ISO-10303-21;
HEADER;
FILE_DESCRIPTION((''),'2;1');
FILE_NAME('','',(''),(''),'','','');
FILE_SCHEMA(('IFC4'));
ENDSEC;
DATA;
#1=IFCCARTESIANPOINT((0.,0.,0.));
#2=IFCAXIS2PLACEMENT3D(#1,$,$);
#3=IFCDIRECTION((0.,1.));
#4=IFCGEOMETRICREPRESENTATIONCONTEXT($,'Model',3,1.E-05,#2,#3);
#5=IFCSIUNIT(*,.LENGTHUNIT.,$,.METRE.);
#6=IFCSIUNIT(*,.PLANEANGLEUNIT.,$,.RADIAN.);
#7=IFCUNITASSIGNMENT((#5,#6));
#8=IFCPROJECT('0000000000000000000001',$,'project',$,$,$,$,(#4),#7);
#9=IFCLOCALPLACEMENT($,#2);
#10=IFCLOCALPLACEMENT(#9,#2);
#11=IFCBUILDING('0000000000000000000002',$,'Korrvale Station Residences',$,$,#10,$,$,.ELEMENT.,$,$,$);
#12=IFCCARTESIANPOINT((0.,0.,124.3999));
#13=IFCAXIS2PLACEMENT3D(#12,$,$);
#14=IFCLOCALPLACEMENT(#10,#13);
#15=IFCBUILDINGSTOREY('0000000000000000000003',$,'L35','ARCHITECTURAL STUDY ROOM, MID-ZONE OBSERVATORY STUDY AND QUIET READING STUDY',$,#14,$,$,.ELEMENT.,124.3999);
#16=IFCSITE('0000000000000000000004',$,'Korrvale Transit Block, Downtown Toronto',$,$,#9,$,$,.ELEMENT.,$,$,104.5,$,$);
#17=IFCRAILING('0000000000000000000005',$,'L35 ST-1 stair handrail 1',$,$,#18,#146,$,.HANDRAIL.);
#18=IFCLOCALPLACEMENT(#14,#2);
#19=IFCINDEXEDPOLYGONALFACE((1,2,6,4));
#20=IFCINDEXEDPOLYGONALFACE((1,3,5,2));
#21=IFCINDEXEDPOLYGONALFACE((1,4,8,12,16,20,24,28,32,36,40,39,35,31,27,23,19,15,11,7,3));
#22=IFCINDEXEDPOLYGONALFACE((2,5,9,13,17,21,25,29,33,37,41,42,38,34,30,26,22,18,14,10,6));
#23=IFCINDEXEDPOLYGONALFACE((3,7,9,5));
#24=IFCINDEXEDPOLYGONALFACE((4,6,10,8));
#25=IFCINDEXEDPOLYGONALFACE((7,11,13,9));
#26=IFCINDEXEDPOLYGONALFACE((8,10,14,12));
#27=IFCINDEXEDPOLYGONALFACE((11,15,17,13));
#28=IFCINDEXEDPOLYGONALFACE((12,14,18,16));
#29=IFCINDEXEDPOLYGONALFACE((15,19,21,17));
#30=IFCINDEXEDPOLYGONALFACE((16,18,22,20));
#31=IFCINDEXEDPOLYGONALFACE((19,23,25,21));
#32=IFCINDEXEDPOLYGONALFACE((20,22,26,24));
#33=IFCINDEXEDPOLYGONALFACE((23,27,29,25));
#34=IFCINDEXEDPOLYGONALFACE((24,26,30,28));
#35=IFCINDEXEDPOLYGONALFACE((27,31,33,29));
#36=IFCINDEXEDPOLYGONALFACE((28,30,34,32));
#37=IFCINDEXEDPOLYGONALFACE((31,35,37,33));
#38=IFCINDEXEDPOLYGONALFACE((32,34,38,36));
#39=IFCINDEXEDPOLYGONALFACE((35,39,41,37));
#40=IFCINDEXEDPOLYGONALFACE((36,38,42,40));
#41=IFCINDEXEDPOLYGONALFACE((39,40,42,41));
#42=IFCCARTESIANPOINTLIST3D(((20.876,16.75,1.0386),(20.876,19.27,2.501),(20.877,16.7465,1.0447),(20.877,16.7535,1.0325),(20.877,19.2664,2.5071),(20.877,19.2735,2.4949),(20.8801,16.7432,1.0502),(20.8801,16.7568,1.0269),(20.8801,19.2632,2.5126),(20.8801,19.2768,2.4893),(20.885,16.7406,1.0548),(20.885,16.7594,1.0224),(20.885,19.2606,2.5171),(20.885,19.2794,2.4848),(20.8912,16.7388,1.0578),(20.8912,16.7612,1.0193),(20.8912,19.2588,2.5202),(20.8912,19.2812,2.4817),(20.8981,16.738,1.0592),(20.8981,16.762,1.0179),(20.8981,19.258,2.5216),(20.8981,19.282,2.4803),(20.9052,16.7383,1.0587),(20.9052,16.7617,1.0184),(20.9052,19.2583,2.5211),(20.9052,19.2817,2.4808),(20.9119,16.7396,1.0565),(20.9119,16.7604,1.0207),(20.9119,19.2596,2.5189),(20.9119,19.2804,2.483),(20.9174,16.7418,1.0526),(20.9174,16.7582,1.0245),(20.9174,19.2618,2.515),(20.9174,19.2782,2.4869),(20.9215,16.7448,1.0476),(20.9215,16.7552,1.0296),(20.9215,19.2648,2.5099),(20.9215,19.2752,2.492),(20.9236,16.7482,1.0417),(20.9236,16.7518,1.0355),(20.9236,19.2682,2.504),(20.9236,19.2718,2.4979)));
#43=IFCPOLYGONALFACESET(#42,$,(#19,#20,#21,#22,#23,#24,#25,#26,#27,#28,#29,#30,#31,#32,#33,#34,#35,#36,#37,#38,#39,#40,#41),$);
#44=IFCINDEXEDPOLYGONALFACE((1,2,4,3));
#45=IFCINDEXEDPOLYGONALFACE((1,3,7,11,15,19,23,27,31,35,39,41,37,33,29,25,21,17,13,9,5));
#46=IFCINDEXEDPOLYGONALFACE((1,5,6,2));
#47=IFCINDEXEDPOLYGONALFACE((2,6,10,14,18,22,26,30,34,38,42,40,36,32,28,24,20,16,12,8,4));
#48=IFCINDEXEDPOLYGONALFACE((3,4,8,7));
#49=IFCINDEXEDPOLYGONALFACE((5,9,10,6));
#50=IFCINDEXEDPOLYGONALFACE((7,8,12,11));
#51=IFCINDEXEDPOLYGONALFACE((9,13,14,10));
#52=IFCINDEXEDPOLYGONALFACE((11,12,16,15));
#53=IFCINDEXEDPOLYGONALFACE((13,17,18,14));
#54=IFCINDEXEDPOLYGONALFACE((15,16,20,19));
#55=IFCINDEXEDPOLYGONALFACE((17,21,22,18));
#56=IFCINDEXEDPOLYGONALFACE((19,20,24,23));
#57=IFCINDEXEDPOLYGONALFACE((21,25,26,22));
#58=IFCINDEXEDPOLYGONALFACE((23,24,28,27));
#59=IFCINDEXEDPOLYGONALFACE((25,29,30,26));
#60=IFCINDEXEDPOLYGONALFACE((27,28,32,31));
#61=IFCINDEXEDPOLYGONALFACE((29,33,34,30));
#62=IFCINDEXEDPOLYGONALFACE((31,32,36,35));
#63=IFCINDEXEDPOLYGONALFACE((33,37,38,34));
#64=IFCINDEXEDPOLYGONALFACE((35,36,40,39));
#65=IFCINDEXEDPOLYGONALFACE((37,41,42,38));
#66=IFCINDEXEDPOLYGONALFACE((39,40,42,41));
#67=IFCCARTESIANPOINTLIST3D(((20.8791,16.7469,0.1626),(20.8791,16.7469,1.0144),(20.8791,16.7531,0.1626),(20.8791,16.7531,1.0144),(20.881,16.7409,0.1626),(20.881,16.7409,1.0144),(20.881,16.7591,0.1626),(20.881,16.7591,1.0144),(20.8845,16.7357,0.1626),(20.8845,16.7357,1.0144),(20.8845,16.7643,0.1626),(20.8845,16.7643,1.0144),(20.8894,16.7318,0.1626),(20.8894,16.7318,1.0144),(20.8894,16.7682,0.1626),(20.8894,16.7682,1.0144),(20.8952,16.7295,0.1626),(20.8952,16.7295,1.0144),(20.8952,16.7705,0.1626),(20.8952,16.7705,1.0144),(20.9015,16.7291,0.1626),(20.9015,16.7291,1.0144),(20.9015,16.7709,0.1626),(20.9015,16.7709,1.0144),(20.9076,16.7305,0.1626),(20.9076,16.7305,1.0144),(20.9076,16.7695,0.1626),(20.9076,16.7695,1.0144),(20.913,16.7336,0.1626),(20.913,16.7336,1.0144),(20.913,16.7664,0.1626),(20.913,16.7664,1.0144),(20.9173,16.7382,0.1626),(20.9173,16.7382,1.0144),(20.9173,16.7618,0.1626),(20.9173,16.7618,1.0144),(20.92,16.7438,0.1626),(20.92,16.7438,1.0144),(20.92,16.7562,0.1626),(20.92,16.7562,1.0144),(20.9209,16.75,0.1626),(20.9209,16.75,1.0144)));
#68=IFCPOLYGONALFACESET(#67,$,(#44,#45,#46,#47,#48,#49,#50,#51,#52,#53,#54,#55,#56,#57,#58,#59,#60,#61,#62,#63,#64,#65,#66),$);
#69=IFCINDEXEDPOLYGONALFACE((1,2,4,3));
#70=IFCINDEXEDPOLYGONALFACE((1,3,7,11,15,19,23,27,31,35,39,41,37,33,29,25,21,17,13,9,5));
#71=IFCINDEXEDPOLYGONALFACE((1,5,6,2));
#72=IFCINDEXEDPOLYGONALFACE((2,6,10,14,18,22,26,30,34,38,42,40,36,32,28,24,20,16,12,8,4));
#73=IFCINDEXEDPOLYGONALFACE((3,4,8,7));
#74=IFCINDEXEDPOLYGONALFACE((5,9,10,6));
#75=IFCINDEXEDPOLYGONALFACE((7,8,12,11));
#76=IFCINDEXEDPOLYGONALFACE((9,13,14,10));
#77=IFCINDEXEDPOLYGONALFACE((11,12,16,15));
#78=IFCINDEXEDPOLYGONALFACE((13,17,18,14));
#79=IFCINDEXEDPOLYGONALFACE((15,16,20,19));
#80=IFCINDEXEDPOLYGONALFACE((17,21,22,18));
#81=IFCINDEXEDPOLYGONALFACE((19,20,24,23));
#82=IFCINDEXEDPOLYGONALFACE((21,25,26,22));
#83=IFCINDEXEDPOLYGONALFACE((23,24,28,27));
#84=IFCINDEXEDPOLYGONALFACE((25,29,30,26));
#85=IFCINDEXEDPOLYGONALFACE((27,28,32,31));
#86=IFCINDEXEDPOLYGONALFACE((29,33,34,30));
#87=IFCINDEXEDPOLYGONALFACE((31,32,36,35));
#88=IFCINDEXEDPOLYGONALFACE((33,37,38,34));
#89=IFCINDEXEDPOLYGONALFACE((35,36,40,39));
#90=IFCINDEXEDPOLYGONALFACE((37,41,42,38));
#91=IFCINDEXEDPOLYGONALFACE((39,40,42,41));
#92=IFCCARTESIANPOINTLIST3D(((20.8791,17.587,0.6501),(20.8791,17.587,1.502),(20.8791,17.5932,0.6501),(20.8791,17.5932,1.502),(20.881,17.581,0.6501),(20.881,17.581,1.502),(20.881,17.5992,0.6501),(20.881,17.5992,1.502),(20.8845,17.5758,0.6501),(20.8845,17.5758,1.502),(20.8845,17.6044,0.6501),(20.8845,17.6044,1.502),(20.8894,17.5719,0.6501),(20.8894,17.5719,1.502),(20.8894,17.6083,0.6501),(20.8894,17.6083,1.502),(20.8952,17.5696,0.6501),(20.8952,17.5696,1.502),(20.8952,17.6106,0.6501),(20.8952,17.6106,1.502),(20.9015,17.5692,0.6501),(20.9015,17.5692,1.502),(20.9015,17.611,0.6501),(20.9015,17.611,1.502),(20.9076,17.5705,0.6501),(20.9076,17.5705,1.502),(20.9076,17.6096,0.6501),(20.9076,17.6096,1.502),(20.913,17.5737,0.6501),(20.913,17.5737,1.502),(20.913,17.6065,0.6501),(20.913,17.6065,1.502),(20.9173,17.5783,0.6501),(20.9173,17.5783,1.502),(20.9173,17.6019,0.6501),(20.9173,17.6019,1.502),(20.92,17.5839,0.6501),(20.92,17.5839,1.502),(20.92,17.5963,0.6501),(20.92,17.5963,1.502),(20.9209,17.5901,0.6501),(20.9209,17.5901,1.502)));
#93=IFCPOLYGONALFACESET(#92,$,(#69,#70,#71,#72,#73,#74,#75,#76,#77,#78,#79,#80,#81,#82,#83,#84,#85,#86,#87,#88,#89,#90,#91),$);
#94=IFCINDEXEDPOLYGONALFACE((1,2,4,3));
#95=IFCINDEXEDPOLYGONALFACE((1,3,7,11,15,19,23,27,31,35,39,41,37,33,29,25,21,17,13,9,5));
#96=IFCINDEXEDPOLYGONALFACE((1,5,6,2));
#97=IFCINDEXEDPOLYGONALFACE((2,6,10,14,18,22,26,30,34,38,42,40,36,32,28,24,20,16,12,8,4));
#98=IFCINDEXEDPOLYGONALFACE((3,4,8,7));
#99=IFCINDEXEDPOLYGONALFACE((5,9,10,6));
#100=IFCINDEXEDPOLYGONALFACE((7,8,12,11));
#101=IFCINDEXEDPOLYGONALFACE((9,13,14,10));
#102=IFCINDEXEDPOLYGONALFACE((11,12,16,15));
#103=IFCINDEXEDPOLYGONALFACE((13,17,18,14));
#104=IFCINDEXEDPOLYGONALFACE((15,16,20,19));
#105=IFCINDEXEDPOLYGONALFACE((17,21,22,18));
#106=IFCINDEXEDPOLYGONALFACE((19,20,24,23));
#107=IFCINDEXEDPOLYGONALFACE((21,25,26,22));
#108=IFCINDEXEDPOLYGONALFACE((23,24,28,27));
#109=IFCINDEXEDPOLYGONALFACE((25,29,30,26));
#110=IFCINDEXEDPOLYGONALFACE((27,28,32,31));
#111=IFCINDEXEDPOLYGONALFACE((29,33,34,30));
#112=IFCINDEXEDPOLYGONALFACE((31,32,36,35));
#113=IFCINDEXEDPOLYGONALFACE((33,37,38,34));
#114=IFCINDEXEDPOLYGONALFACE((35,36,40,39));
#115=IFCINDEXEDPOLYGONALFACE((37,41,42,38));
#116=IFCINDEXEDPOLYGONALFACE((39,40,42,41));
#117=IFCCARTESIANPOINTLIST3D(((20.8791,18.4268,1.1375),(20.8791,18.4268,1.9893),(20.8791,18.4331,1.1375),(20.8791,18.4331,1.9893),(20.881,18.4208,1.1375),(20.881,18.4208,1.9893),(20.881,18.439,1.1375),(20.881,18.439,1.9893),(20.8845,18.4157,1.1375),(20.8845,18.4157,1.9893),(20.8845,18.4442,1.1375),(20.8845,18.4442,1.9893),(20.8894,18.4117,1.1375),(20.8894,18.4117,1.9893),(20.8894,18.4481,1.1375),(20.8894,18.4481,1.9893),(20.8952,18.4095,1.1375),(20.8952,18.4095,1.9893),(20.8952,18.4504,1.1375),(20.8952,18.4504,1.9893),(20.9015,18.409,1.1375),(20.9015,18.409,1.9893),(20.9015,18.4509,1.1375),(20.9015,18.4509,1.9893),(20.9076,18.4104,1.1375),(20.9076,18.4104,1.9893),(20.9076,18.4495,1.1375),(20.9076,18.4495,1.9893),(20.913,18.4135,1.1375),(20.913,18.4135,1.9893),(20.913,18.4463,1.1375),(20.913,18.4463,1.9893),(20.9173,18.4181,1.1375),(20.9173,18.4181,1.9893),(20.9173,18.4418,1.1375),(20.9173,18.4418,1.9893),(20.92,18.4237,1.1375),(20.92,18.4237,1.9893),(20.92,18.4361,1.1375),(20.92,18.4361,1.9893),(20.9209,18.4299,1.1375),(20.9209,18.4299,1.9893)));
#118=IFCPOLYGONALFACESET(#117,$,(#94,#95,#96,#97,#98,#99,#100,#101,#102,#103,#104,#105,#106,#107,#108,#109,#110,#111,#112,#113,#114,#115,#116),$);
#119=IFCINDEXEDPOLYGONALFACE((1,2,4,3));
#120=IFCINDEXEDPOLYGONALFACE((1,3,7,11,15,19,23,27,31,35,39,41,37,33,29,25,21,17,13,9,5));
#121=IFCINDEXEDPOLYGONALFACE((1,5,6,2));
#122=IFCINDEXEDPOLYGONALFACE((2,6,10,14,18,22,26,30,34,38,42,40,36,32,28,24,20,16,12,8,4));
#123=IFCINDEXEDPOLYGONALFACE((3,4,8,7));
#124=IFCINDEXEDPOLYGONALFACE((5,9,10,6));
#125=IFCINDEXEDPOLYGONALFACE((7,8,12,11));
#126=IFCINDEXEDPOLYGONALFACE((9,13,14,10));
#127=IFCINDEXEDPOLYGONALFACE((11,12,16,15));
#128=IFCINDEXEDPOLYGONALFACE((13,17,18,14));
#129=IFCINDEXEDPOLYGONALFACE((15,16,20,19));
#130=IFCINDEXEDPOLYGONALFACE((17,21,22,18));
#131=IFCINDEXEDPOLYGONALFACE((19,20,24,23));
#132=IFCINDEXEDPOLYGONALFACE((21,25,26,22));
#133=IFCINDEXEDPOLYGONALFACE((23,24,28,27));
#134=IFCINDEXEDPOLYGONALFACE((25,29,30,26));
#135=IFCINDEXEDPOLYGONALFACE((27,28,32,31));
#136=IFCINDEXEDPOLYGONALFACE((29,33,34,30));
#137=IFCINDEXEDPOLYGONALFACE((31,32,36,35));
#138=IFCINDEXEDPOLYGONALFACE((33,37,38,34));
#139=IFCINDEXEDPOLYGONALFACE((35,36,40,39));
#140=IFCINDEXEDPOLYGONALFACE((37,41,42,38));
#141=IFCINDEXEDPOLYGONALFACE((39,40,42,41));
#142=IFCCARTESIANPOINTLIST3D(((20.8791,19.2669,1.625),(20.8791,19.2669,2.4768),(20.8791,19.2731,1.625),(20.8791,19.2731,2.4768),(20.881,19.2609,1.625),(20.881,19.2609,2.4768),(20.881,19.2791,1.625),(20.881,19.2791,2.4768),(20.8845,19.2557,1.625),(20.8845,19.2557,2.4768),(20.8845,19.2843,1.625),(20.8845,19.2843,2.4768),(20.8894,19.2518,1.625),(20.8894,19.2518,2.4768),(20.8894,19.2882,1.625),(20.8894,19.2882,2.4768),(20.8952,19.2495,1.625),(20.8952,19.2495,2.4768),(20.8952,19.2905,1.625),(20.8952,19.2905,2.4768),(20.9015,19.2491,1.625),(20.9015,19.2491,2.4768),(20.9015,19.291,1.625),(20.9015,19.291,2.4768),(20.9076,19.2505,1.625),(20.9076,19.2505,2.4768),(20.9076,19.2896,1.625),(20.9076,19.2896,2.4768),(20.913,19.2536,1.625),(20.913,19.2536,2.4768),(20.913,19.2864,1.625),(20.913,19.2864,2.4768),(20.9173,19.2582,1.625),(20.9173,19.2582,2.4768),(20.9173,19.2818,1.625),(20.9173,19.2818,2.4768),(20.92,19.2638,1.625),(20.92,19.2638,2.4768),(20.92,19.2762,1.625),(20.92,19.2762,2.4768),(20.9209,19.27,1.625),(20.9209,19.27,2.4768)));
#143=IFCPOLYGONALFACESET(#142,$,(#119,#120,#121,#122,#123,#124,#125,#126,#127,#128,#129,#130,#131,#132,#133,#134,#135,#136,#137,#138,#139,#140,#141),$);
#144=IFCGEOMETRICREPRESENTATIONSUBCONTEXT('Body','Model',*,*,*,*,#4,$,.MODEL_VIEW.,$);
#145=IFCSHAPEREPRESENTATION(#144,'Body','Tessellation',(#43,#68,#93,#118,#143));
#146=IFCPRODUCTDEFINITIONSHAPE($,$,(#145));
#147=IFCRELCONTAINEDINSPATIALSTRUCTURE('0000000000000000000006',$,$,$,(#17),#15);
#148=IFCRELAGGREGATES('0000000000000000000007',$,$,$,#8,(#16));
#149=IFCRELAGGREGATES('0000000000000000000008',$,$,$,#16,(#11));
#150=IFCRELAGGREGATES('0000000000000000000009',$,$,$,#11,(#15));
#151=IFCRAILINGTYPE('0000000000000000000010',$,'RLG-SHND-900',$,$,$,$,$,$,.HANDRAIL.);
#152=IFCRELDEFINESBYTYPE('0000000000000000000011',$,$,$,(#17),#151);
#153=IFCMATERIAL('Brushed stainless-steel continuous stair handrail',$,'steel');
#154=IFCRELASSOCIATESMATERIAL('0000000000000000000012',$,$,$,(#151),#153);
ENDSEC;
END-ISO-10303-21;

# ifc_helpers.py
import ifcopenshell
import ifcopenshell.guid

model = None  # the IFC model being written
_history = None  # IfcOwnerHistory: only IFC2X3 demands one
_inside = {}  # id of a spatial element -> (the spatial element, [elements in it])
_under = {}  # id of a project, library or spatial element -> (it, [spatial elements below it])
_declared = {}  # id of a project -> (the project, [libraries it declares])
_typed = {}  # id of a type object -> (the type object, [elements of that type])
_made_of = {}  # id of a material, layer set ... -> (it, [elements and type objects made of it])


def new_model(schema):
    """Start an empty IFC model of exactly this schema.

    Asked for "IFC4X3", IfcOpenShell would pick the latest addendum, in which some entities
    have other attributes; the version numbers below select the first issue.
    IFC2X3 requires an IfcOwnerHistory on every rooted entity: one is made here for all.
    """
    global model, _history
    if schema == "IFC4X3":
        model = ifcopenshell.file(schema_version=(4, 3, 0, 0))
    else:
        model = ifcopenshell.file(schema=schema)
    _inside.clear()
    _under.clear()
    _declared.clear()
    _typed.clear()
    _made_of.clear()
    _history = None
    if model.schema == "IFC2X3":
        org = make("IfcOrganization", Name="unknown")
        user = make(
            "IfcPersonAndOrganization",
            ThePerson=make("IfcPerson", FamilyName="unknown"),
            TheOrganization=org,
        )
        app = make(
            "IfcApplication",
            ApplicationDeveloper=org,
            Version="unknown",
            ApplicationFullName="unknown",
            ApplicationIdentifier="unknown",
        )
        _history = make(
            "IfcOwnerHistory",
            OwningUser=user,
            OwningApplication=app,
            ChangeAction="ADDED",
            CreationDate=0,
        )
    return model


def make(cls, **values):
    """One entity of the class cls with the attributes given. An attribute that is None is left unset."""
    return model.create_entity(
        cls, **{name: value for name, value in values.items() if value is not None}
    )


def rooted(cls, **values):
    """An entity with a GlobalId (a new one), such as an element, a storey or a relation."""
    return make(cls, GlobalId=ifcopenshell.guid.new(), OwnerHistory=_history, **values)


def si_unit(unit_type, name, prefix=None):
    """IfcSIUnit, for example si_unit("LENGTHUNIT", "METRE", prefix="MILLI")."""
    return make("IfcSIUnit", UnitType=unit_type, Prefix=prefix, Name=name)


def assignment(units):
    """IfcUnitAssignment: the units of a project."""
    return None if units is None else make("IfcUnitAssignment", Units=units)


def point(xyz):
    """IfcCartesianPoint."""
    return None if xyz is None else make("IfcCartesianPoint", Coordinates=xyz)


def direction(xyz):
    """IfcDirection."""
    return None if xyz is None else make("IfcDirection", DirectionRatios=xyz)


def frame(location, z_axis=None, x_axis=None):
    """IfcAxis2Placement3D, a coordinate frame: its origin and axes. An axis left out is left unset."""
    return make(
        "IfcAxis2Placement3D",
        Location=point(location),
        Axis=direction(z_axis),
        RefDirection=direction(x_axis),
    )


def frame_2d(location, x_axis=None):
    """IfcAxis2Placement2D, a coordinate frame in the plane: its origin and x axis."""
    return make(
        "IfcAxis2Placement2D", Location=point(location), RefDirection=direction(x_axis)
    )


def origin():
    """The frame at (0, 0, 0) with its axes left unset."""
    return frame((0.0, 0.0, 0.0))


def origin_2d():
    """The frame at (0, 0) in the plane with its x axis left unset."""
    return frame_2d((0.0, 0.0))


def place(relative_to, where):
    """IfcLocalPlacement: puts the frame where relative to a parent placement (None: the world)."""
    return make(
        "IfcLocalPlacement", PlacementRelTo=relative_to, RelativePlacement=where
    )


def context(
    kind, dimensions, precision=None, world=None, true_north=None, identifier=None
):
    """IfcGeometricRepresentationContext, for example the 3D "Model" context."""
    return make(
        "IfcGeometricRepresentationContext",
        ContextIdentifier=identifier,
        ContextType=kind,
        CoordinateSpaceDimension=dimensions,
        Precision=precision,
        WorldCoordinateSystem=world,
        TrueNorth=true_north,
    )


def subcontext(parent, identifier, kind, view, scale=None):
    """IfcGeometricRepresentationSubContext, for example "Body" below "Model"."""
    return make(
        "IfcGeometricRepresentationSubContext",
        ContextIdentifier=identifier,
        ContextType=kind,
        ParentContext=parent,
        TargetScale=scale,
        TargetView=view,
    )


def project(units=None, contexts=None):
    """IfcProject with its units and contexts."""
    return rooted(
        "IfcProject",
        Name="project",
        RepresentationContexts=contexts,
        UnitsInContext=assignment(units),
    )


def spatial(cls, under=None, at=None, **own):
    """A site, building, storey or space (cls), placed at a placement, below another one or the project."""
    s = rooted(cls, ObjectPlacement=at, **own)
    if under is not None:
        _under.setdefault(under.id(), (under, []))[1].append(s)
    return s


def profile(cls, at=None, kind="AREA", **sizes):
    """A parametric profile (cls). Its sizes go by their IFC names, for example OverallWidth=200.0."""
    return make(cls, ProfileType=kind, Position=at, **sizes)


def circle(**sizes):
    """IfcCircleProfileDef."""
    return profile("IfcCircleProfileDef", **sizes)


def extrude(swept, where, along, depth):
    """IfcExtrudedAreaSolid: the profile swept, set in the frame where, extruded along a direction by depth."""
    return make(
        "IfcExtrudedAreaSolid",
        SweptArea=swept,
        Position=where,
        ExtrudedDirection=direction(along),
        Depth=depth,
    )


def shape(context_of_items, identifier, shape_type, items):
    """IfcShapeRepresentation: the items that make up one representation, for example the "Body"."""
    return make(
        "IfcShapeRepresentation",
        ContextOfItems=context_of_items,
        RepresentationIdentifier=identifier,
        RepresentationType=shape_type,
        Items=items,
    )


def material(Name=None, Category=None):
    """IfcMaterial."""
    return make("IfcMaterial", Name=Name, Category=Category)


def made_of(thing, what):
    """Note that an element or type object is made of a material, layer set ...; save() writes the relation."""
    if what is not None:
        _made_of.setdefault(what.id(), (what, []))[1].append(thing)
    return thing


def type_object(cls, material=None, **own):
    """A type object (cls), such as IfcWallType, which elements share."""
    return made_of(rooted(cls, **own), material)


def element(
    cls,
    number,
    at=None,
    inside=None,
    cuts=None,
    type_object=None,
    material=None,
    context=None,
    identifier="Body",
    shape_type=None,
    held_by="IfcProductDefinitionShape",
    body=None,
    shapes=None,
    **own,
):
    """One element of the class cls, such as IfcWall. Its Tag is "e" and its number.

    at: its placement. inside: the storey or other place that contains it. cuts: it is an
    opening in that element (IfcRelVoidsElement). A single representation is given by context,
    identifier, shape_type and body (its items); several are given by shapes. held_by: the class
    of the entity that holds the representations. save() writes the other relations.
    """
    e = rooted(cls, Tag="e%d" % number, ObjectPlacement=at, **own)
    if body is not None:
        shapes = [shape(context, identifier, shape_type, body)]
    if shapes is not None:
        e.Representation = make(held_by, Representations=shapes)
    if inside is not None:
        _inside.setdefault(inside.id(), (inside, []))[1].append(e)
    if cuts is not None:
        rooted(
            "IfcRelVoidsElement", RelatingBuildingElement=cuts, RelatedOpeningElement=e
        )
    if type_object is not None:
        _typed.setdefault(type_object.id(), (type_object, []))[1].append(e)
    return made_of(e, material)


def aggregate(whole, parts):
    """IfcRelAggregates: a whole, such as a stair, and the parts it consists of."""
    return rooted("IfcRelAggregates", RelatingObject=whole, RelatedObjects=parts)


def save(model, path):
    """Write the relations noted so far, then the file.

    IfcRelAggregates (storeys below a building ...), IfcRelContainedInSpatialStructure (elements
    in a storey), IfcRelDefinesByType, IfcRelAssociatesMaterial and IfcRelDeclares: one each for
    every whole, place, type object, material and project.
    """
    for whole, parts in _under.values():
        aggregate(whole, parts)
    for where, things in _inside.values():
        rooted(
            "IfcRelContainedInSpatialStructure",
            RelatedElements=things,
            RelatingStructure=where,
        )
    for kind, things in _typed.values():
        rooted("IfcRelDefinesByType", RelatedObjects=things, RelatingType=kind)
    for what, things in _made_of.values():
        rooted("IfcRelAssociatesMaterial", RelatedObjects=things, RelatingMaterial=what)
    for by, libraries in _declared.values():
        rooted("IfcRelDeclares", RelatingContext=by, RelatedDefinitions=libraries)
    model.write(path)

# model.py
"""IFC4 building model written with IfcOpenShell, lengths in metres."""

from ifc_helpers import new_model, si_unit, direction, frame, origin, origin_2d, place, context, subcontext, project, spatial, circle, extrude, material, type_object, element, save


model = new_model("IFC4")

# Units and contexts
model_context = context("Model", 3, precision=1e-05, world=origin(), true_north=direction((0.0, 1.0)))
body_context = subcontext(model_context, "Body", "Model", "MODEL_VIEW")
ifc_project = project(units=[si_unit("LENGTHUNIT", "METRE"), si_unit("PLANEANGLEUNIT", "RADIAN")], contexts=[model_context])

# Site, building, storey
site_placement = place(None, origin())
site = spatial("IfcSite", under=ifc_project, at=site_placement, Name="Korrvale Transit Block, Downtown Toronto", CompositionType="ELEMENT", RefElevation=104.5)
building_placement = place(site_placement, origin())
building = spatial("IfcBuilding", under=site, at=building_placement, Name="Korrvale Station Residences", CompositionType="ELEMENT")
storey_placement = place(building_placement, frame((0.0, 0.0, 124.3999)))
storey = spatial("IfcBuildingStorey", under=building, at=storey_placement, Name="L35", Description="ARCHITECTURAL STUDY ROOM, MID-ZONE OBSERVATORY STUDY AND QUIET READING STUDY", CompositionType="ELEMENT", Elevation=124.3999)

# Railing
ifc_material_1 = material(Name="Brushed stainless-steel continuous stair handrail", Category="steel")
railing_type_1 = type_object("IfcRailingType", Name="RLG-SHND-900", PredefinedType="HANDRAIL", material=ifc_material_1)
railing_1_placement = place(storey_placement, frame((20.8999, 16.75, 0.1626)))
element("IfcRailing", 1, at=railing_1_placement, inside=storey, type_object=railing_type_1, Name="L35 ST-1 stair handrail 1", PredefinedType="HANDRAIL", context=body_context, shape_type="SweptSolid", body=[
    extrude(circle(Radius=0.0239, at=origin_2d()), frame((0.0, 0.0, 0.876), z_axis=(0.0, 0.864913, 0.501921), x_axis=(-1.0, 0.0, 0.0)), (0.0, 0.0, 1.0), 2.9136),
    extrude(circle(Radius=0.021, at=origin_2d()), origin(), (0.0, 0.0, 1.0), 0.8518),
    extrude(circle(Radius=0.021, at=origin_2d()), frame((0.0, 0.8401, 0.4875)), (0.0, 0.0, 1.0), 0.8518),
    extrude(circle(Radius=0.021, at=origin_2d()), frame((0.0, 1.6799, 0.9749)), (0.0, 0.0, 1.0), 0.8518),
    extrude(circle(Radius=0.021, at=origin_2d()), frame((0.0, 2.52, 1.4624)), (0.0, 0.0, 1.0), 0.8518),
])

save(model, "model.ifc")
